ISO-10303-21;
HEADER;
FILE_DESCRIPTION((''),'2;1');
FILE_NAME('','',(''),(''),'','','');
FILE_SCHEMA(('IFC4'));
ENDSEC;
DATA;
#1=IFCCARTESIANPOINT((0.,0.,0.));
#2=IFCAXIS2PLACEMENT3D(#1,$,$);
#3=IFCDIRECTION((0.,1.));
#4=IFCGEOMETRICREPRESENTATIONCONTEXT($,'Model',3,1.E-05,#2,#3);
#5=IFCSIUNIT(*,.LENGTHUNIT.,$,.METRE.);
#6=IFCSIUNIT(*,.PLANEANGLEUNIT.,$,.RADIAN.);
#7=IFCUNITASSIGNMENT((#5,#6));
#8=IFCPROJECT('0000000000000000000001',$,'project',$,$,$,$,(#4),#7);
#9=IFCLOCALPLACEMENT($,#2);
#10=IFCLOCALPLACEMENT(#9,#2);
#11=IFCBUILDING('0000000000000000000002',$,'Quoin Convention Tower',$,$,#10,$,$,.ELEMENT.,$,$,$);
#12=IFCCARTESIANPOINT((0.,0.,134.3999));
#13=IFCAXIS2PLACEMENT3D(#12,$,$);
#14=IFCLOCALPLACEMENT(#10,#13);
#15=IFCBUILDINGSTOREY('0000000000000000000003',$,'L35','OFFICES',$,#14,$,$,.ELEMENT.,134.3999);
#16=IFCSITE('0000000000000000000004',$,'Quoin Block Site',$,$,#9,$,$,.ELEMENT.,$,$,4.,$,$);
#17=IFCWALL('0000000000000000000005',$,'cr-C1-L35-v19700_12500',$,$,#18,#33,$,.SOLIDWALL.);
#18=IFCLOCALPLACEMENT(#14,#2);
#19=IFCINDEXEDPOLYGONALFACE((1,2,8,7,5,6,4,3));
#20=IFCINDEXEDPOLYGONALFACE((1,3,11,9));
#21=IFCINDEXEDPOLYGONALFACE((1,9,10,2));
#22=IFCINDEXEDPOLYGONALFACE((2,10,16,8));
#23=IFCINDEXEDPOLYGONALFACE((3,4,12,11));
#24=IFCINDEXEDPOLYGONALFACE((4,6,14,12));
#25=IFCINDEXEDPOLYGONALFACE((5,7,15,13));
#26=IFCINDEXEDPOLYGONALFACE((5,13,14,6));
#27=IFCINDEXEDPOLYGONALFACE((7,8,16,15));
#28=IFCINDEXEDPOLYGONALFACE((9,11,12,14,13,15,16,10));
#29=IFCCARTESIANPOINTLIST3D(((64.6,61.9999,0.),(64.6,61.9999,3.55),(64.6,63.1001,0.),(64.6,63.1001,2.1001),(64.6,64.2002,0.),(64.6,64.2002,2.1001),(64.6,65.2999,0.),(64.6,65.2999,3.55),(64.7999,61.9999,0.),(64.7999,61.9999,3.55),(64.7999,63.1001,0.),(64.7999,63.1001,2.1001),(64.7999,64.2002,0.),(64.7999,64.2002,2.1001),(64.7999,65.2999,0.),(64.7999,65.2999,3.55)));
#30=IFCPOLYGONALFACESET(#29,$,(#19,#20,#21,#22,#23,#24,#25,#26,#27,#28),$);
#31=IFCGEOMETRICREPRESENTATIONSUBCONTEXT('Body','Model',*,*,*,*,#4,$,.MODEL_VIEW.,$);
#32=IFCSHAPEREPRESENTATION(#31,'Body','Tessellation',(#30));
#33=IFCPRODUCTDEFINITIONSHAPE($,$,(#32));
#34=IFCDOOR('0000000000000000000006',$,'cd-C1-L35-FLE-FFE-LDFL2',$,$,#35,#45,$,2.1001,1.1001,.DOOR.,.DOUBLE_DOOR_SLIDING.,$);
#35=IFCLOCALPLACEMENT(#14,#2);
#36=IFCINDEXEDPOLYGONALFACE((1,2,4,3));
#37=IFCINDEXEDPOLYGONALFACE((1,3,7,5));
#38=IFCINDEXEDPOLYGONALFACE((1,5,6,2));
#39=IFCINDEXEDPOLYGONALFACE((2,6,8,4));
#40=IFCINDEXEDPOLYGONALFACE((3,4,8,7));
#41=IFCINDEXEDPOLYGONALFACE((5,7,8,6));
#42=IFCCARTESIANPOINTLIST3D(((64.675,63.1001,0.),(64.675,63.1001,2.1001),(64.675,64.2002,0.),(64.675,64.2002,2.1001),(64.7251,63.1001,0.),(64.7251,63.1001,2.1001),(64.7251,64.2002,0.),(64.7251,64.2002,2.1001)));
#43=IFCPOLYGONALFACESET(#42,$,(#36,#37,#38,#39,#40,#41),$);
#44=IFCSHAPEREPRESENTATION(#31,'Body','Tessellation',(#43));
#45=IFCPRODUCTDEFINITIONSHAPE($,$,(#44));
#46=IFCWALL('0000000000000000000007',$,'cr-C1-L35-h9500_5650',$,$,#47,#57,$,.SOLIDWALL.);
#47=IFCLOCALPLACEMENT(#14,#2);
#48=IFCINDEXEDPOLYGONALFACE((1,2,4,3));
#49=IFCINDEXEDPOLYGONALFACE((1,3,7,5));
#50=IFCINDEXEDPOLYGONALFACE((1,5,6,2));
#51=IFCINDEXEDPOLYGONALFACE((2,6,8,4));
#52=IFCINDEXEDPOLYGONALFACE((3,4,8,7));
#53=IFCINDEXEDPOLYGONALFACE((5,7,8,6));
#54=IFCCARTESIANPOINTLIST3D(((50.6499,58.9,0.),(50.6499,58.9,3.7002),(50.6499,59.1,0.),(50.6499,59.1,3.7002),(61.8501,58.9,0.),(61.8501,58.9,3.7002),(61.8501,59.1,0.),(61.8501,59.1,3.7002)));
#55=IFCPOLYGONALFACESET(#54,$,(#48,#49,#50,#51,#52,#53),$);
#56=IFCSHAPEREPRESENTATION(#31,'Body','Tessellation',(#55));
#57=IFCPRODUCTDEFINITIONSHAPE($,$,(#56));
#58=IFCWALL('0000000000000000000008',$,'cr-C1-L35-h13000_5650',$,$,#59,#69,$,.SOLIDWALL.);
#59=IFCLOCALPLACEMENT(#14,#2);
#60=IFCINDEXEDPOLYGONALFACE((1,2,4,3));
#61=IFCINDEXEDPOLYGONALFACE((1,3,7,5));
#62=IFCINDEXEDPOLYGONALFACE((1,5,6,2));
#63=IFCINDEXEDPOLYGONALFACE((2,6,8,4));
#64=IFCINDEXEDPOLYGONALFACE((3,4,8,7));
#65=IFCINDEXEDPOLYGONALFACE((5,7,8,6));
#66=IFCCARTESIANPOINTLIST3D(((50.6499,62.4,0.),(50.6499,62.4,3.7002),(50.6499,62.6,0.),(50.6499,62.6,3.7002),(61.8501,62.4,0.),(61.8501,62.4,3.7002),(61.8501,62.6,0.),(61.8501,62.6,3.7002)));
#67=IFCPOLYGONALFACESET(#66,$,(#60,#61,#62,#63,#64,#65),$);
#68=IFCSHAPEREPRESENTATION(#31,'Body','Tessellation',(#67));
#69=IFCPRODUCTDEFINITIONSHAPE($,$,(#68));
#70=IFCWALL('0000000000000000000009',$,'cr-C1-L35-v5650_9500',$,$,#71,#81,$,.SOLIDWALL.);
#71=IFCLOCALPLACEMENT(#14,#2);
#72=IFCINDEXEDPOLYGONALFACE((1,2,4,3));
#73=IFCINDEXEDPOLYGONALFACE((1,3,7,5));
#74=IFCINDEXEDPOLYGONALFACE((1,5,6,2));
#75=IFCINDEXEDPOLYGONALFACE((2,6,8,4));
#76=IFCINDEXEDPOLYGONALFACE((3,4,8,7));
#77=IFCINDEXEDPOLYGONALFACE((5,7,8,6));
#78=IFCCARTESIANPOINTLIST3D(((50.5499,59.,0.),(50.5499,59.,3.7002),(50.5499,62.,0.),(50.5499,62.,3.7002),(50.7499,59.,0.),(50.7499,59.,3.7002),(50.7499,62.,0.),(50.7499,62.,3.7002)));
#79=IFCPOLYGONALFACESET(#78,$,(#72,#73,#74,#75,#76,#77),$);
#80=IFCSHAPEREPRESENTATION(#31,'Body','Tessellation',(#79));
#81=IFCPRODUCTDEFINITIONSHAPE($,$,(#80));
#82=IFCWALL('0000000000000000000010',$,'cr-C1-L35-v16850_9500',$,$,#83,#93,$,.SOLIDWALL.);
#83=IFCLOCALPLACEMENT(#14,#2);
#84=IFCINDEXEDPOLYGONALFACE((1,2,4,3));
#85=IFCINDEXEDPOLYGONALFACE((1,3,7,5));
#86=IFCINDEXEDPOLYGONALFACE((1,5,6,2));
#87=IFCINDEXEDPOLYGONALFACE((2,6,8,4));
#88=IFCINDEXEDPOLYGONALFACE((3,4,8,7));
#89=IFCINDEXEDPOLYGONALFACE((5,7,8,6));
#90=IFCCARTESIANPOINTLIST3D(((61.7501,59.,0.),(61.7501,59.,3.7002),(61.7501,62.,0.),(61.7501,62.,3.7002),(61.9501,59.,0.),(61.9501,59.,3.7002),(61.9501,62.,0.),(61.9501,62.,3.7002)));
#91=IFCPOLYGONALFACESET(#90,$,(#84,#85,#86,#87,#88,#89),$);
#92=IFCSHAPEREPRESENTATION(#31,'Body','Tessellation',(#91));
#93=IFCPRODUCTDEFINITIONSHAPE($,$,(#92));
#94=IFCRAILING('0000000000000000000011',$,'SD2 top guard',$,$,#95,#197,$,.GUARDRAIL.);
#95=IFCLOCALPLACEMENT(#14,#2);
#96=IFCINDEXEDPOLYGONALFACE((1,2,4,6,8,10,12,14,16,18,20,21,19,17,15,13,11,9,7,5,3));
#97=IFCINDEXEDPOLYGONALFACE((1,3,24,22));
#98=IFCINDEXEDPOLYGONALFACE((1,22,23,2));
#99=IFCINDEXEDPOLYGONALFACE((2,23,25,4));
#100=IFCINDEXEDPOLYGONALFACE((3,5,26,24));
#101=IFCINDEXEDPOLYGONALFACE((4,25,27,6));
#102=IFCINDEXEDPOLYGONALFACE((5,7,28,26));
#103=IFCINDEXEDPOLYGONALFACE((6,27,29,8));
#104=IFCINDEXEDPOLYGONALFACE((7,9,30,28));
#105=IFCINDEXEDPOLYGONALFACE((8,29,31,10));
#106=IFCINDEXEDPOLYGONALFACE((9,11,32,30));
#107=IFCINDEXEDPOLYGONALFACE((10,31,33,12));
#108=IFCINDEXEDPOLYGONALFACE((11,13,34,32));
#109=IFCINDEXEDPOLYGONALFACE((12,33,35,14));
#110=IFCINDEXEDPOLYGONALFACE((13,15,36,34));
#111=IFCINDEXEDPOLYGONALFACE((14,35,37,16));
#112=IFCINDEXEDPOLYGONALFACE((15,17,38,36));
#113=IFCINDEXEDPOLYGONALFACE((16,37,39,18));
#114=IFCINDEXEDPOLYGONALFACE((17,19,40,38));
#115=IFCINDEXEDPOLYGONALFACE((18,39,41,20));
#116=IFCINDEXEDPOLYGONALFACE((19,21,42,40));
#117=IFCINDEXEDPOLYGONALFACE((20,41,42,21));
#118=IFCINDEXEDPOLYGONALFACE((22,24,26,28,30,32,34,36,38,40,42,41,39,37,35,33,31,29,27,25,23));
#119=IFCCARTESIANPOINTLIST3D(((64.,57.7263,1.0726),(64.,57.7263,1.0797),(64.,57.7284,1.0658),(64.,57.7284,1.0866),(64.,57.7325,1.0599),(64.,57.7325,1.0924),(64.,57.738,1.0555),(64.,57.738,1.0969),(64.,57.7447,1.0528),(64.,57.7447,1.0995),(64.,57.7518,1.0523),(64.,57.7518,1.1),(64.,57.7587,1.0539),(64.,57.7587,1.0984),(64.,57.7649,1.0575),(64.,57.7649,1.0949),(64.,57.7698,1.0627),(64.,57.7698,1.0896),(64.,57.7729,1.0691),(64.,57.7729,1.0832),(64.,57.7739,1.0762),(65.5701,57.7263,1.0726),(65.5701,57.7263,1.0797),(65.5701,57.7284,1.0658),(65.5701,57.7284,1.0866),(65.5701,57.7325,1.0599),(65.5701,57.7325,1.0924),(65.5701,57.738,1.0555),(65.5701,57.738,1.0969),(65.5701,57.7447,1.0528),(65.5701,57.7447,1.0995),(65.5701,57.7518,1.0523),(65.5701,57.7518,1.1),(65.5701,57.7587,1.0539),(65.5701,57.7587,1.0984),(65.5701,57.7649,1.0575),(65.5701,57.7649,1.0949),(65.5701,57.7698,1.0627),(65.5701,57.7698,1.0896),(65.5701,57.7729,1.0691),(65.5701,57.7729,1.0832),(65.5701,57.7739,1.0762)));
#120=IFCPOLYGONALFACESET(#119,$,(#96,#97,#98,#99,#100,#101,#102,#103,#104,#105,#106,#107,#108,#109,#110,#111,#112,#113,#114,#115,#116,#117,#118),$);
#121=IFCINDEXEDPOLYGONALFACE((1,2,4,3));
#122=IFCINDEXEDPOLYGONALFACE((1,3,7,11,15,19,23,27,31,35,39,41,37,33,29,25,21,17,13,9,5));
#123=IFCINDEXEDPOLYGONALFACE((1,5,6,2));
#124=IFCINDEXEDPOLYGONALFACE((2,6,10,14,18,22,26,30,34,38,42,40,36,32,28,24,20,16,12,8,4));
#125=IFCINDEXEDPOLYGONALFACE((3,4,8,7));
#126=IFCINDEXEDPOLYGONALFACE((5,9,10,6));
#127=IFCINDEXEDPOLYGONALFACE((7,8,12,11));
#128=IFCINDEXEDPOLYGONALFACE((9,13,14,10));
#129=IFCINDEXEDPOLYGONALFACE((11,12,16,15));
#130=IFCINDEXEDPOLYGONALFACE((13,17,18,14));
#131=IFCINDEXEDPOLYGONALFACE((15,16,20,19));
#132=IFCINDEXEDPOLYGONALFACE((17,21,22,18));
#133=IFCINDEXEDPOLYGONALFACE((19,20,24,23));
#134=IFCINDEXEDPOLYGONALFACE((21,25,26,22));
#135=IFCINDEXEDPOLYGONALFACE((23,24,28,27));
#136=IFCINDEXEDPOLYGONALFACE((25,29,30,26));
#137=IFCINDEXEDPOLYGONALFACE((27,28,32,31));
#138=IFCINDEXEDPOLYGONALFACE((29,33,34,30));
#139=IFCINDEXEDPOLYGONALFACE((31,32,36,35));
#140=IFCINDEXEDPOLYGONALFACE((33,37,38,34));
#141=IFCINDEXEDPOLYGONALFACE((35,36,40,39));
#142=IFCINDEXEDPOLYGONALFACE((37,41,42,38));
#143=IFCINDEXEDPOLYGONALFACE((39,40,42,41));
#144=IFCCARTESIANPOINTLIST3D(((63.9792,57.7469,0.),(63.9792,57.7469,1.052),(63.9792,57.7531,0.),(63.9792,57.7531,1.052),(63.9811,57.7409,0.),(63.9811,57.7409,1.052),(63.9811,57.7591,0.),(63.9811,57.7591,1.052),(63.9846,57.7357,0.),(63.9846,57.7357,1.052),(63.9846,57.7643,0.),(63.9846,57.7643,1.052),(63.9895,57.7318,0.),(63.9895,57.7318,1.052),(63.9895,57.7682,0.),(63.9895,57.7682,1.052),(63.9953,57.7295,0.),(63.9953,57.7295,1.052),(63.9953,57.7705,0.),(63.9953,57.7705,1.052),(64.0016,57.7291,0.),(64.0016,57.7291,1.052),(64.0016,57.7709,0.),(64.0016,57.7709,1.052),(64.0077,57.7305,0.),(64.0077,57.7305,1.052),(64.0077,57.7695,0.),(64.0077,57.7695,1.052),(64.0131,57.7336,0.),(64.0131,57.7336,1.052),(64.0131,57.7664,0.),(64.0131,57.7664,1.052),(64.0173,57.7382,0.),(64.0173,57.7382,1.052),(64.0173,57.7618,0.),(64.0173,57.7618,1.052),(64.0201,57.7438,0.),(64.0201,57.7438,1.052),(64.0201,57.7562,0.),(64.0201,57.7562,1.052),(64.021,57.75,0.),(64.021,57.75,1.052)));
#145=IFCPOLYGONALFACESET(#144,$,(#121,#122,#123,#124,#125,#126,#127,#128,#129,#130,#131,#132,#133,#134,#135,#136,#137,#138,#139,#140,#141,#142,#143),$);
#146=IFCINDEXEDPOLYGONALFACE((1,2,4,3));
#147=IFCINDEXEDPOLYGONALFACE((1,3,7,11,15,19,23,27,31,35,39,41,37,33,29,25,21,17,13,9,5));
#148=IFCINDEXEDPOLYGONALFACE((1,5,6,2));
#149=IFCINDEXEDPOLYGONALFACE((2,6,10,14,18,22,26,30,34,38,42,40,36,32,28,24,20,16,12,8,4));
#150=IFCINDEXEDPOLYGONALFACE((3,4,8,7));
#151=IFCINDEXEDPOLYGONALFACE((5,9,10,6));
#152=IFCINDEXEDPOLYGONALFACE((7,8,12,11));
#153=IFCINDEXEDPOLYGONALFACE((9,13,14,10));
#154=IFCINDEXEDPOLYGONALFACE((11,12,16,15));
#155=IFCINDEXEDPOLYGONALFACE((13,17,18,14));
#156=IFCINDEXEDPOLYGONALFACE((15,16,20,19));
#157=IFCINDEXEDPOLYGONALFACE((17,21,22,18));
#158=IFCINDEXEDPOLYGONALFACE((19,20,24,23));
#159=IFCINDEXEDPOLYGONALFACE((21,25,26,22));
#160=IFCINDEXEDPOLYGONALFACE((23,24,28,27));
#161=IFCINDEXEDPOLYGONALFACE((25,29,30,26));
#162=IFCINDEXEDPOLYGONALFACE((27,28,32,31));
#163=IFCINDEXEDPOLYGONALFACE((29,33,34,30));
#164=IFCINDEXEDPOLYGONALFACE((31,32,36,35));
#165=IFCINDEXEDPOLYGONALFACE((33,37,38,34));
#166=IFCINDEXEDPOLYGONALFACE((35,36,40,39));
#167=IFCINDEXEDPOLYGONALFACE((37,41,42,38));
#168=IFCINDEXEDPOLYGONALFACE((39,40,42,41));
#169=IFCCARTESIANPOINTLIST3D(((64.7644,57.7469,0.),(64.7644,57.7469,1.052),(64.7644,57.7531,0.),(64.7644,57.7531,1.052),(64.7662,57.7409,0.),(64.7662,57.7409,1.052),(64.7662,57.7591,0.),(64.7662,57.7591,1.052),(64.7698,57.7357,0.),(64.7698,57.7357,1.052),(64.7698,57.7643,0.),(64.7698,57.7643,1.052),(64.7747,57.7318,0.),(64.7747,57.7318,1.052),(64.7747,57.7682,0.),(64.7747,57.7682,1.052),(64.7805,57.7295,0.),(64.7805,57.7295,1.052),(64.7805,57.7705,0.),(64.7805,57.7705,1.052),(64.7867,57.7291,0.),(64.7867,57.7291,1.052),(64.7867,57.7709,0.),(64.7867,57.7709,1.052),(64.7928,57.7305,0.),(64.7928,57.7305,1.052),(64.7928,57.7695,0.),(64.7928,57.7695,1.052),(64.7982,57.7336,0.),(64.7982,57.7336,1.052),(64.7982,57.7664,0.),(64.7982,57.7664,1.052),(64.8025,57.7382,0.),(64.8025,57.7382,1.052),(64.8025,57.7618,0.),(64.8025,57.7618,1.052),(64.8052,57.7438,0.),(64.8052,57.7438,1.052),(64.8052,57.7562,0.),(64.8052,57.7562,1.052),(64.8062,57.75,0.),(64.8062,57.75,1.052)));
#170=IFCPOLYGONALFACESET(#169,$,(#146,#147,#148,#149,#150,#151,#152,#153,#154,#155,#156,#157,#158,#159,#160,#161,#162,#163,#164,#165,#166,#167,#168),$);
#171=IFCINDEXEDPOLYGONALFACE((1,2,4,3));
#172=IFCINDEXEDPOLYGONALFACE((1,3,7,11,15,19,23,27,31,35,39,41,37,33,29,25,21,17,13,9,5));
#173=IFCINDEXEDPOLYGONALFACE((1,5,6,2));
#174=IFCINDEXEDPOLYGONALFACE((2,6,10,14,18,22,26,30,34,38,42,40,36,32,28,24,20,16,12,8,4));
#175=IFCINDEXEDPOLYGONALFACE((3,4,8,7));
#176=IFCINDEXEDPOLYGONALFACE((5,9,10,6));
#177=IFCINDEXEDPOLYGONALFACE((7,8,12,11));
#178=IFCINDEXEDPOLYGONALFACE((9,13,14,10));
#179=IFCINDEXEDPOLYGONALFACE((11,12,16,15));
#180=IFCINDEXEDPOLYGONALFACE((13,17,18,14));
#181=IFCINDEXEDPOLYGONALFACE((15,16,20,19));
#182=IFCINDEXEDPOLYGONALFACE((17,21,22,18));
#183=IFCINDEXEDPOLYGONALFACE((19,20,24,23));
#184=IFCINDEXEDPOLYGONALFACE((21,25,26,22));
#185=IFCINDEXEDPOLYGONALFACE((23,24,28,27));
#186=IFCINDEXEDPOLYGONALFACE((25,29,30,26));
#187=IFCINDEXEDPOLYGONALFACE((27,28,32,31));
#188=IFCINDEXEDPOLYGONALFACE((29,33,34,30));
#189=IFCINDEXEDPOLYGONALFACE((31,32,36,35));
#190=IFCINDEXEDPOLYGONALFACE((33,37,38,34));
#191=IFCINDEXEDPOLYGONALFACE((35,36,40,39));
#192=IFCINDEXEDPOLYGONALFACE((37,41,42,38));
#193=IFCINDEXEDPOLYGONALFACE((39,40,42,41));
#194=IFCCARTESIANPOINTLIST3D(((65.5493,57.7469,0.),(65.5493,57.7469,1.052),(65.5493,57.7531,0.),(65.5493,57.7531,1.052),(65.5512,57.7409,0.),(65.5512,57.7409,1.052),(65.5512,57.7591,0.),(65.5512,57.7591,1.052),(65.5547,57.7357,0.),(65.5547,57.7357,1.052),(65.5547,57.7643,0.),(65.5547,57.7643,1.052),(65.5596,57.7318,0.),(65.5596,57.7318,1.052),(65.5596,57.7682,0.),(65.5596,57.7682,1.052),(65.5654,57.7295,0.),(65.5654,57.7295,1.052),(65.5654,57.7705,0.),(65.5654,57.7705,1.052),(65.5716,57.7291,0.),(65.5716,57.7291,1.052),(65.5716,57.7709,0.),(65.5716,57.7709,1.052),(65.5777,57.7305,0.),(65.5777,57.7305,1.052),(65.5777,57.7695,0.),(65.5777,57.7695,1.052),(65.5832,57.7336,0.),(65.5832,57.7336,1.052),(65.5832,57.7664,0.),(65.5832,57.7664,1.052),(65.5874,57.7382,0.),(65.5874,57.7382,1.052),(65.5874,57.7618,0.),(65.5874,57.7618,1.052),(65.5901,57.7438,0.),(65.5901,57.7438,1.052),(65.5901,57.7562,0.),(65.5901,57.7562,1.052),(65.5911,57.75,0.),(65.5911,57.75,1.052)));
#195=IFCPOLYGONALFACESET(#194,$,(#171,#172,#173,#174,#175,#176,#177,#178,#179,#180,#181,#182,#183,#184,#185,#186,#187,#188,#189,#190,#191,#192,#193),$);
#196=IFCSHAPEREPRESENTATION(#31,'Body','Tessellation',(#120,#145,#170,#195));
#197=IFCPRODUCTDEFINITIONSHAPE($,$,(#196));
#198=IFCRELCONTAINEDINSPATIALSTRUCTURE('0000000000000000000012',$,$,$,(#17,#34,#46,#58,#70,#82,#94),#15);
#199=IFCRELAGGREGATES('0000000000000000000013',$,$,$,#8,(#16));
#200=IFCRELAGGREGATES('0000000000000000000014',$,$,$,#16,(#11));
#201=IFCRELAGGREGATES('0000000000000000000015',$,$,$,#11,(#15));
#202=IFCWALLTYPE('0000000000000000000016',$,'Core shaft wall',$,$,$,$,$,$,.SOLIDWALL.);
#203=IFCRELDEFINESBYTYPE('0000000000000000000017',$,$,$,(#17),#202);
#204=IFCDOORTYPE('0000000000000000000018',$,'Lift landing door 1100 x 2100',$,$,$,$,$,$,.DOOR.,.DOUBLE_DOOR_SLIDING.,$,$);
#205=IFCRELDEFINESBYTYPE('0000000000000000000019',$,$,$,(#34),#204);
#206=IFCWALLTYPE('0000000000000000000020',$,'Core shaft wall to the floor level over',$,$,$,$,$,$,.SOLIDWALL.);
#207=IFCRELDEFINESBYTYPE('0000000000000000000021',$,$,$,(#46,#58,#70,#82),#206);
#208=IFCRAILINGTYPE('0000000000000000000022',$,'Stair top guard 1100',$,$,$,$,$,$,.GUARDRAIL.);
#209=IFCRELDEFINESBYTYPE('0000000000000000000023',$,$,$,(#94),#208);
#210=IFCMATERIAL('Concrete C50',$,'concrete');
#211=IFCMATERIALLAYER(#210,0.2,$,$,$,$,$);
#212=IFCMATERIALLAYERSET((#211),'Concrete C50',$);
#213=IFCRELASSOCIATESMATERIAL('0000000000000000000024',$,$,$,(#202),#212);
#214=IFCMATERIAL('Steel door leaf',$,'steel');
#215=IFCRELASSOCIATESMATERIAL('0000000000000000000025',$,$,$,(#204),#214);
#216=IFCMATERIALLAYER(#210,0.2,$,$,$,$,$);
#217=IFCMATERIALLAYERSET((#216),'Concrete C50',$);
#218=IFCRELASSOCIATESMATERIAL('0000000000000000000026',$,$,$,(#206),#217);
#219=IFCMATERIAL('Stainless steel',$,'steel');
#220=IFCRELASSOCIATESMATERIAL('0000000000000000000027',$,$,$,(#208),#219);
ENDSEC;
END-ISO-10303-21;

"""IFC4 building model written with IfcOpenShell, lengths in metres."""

from ifc_helpers import new_model, si_unit, direction, frame, frame_2d, origin, origin_2d, place, context, subcontext, project, spatial, rectangle, circle, extrude, material, layer, layer_set, type_object, element, fill, save


model = new_model("IFC4")

# Units and contexts
model_context = context("Model", 3, precision=1e-05, world=origin(), true_north=direction((0.0, 1.0)))
body_context = subcontext(model_context, "Body", "Model", "MODEL_VIEW")
ifc_project = project(units=[si_unit("LENGTHUNIT", "METRE"), si_unit("PLANEANGLEUNIT", "RADIAN")], contexts=[model_context])

# Site, building, storey
site_placement = place(None, origin())
site = spatial("IfcSite", under=ifc_project, at=site_placement, Name="Quoin Block Site", CompositionType="ELEMENT", RefElevation=4.0)
building_placement = place(site_placement, origin())
building = spatial("IfcBuilding", under=site, at=building_placement, Name="Quoin Convention Tower", CompositionType="ELEMENT")
storey_placement = place(building_placement, frame((0.0, 0.0, 134.3999)))
storey = spatial("IfcBuildingStorey", under=building, at=storey_placement, Name="L35", Description="OFFICES", CompositionType="ELEMENT", Elevation=134.3999)

# Shared definitions
ifc_material_1 = material(Name="Steel door leaf", Category="steel")
ifc_material_2 = material(Name="Concrete C50", Category="concrete")
ifc_layer_1 = layer(ifc_material_2, 0.2)
ifc_layer_set_1 = layer_set([ifc_layer_1], Name="Concrete C50")
wall_type_1 = type_object("IfcWallType", Name="Core shaft wall", PredefinedType="SOLIDWALL", material=ifc_layer_set_1)

# Wall, opening, door
wall_1_placement = place(storey_placement, frame((64.7, 62.0, 0.0), z_axis=(0.0, 0.0, 1.0), x_axis=(0.0, 1.0, 0.0)))
wall_1 = element("IfcWall", 1, at=wall_1_placement, inside=storey, type_object=wall_type_1, Name="cr-C1-L35-v19700_12500", PredefinedType="SOLIDWALL", context=body_context, shape_type="SweptSolid", body=[
    extrude(rectangle(XDim=3.3, YDim=0.2, at=frame_2d((1.6499, 0.0))), origin(), (0.0, 0.0, 1.0), 3.55),
])
opening_1_placement = place(wall_1_placement, frame((1.1001, 0.0, 0.0)))
opening_1 = element("IfcOpeningElement", 2, at=opening_1_placement, cuts=wall_1, PredefinedType="OPENING", context=body_context, shape_type="SweptSolid", body=[
    extrude(rectangle(XDim=1.1001, YDim=2.1001, at=frame_2d((0.55, 1.05))), frame((0.0, 0.1099, 0.0), z_axis=(0.0, -1.0, 0.0), x_axis=(1.0, 0.0, 0.0)), (0.0, 0.0, 1.0), 0.22),
])
door_type_1 = type_object("IfcDoorType", Name="Lift landing door 1100 x 2100", OperationType="DOUBLE_DOOR_SLIDING", PredefinedType="DOOR", material=ifc_material_1)
door_1_placement = place(opening_1_placement, origin())
door_1 = element("IfcDoor", 3, at=door_1_placement, inside=storey, type_object=door_type_1, Name="cd-C1-L35-FLE-FFE-LDFL2", OperationType="DOUBLE_DOOR_SLIDING", OverallHeight=2.1001, OverallWidth=1.1001, PredefinedType="DOOR", context=body_context, shape_type="SweptSolid", body=[
    extrude(rectangle(XDim=1.1001, YDim=2.1001, at=frame_2d((0.55, 1.05))), frame((0.0, 0.0249, 0.0), z_axis=(0.0, -1.0, 0.0), x_axis=(1.0, 0.0, 0.0)), (0.0, 0.0, 1.0), 0.05),
])
fill(opening_1, door_1)

# Walls
ifc_layer_2 = layer(ifc_material_2, 0.2)
ifc_layer_set_2 = layer_set([ifc_layer_2], Name="Concrete C50")
wall_type_2 = type_object("IfcWallType", Name="Core shaft wall to the floor level over", PredefinedType="SOLIDWALL", material=ifc_layer_set_2)
for number, where, z_axis, x_axis, name in (
    (4, (50.6499, 59.0, 0.0), (0.0, 0.0, 1.0), (1.0, 0.0, 0.0), "cr-C1-L35-h9500_5650"),
    (5, (50.6499, 62.5, 0.0), (0.0, 0.0, 1.0), (1.0, 0.0, 0.0), "cr-C1-L35-h13000_5650"),
):
    element("IfcWall", number, at=place(storey_placement, frame(where, z_axis=z_axis, x_axis=x_axis)), inside=storey, type_object=wall_type_2, Name=name, PredefinedType="SOLIDWALL", context=body_context, shape_type="SweptSolid", body=[
        extrude(rectangle(XDim=11.2002, YDim=0.2, at=frame_2d((5.6001, 0.0))), origin(), (0.0, 0.0, 1.0), 3.7002),
    ])
for number, where, z_axis, x_axis, name in (
    (6, (50.6499, 59.0, 0.0), (0.0, 0.0, 1.0), (0.0, 1.0, 0.0), "cr-C1-L35-v5650_9500"),
    (7, (61.8501, 59.0, 0.0), (0.0, 0.0, 1.0), (0.0, 1.0, 0.0), "cr-C1-L35-v16850_9500"),
):
    element("IfcWall", number, at=place(storey_placement, frame(where, z_axis=z_axis, x_axis=x_axis)), inside=storey, type_object=wall_type_2, Name=name, PredefinedType="SOLIDWALL", context=body_context, shape_type="SweptSolid", body=[
        extrude(rectangle(XDim=3.0, YDim=0.2, at=frame_2d((1.5, 0.0))), origin(), (0.0, 0.0, 1.0), 3.7002),
    ])

# Railing
ifc_material_3 = material(Name="Stainless steel", Category="steel")
railing_type = type_object("IfcRailingType", Name="Stair top guard 1100", PredefinedType="GUARDRAIL", material=ifc_material_3)
railing_placement = place(storey_placement, frame((64.0, 57.75, 0.0)))
element("IfcRailing", 8, at=railing_placement, inside=storey, type_object=railing_type, Name="SD2 top guard", PredefinedType="GUARDRAIL", context=body_context, shape_type="SweptSolid", body=[
    extrude(circle(Radius=0.0239, at=origin_2d()), frame((0.0, 0.0, 1.0762), z_axis=(1.0, 0.0, 0.0), x_axis=(0.0, 1.0, 0.0)), (0.0, 0.0, 1.0), 1.5701),
    extrude(circle(Radius=0.021, at=origin_2d()), origin(), (0.0, 0.0, 1.0), 1.052),
    extrude(circle(Radius=0.021, at=origin_2d()), frame((0.7852, 0.0, 0.0)), (0.0, 0.0, 1.0), 1.052),
    extrude(circle(Radius=0.021, at=origin_2d()), frame((1.5701, 0.0, 0.0)), (0.0, 0.0, 1.0), 1.052),
])

save(model, "model.ifc")
